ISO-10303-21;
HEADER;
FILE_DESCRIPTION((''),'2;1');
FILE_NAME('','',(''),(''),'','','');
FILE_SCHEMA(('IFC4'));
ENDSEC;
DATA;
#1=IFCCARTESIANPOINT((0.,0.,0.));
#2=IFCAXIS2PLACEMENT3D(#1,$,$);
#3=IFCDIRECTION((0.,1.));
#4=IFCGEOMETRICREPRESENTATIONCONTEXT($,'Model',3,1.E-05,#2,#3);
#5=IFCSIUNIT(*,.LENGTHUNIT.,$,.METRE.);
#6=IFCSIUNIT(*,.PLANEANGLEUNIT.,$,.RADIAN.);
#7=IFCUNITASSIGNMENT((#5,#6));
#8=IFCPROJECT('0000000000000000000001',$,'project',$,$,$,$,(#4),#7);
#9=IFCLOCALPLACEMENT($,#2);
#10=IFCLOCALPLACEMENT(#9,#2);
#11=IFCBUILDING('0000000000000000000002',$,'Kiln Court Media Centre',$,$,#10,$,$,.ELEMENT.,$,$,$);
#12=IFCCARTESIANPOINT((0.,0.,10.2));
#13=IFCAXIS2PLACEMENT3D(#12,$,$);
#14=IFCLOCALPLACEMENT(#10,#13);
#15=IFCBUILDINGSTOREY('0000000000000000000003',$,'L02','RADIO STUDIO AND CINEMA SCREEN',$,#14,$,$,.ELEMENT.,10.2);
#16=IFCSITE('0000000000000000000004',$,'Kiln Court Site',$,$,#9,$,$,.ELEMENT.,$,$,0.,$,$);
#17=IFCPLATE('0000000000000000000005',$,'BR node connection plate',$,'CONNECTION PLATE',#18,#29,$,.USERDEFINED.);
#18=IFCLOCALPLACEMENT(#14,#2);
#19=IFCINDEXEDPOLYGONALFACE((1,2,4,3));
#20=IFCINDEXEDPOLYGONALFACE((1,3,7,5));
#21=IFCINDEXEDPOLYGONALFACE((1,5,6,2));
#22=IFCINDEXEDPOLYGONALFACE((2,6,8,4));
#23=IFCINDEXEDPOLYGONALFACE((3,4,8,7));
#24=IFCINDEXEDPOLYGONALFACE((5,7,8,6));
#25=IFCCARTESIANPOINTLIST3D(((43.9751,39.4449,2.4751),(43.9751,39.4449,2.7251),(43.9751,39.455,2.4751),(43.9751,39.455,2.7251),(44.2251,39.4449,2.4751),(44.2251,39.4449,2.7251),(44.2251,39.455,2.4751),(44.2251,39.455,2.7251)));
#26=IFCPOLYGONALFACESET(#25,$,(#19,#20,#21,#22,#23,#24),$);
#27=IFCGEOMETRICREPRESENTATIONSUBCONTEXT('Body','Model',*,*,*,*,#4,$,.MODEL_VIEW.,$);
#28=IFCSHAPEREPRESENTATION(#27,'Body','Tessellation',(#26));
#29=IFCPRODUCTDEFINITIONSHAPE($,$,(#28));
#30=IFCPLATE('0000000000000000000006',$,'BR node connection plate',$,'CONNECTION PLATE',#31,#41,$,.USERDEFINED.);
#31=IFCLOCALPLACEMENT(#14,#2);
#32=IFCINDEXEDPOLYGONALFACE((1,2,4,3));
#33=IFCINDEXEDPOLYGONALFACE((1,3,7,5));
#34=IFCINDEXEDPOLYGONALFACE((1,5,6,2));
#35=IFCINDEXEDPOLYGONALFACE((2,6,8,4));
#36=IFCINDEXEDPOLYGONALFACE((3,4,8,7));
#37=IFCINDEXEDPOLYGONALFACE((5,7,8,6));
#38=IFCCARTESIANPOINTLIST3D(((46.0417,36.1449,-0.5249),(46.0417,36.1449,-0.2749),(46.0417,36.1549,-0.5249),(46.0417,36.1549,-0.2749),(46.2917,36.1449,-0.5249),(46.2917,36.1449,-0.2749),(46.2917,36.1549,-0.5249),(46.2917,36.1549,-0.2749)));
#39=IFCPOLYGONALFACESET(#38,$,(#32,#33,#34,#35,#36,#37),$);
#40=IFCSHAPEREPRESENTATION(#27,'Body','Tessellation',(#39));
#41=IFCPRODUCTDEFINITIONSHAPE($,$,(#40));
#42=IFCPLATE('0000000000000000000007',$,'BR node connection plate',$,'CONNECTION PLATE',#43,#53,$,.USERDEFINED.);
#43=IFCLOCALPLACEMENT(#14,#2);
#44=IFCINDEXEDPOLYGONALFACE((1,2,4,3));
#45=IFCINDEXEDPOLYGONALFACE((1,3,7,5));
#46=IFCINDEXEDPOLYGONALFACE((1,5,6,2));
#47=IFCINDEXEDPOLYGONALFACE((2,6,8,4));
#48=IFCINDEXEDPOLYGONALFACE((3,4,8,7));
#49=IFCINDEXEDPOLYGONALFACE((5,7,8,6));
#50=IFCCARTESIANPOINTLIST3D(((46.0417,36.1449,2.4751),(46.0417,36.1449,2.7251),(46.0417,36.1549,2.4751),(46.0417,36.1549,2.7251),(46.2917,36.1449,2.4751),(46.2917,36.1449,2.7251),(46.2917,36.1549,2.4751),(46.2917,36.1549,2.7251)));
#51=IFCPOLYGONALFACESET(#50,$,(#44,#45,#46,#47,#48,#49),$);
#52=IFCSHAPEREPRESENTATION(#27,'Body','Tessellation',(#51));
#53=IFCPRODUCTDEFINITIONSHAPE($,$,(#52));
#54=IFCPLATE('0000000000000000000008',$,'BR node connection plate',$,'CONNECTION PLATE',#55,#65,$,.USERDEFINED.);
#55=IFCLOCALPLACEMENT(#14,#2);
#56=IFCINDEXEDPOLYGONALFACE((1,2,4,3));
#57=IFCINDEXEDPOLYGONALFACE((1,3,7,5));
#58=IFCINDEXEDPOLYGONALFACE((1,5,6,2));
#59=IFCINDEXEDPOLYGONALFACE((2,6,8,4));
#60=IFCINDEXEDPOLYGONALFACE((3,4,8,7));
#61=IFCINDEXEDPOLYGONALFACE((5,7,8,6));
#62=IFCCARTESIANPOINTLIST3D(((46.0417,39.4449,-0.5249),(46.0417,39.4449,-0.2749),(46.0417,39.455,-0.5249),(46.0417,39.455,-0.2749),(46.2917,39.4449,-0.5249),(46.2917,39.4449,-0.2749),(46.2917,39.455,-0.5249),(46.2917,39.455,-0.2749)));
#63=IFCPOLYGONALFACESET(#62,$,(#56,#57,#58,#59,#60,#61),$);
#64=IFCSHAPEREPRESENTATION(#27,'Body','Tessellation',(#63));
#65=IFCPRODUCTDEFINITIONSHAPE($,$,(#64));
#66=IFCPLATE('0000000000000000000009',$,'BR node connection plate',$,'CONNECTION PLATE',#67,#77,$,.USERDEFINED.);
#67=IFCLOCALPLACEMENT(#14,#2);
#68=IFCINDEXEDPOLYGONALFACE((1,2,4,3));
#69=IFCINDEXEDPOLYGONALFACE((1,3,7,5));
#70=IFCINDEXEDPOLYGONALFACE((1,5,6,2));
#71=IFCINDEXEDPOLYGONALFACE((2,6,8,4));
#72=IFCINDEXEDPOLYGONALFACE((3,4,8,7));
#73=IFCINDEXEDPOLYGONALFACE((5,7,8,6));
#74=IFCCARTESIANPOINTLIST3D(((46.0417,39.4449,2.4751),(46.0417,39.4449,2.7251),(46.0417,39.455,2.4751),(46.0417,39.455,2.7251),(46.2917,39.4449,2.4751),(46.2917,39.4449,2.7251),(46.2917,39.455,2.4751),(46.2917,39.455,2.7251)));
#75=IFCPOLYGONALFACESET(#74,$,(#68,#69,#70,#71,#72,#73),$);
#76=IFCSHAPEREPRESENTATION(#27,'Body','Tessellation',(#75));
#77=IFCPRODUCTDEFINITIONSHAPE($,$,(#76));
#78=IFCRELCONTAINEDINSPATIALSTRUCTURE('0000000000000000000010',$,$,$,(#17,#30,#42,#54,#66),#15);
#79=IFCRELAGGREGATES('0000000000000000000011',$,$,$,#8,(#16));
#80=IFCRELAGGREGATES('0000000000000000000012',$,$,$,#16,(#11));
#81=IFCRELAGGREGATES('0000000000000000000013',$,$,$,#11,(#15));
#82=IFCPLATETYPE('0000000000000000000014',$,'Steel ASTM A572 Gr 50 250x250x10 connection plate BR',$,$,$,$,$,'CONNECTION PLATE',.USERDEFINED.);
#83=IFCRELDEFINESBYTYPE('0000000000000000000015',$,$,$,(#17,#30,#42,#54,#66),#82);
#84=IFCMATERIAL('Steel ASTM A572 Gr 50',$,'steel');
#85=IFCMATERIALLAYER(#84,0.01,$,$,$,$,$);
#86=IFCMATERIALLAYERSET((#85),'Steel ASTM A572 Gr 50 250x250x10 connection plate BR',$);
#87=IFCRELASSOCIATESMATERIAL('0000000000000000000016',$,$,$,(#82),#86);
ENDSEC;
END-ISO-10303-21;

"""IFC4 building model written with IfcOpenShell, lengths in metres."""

from ifc_helpers import new_model, si_unit, direction, frame, origin, origin_2d, place, context, subcontext, project, spatial, rectangle, extrude, material, layer, layer_set, type_object, element, save


model = new_model("IFC4")

# Units and contexts
model_context = context("Model", 3, precision=1e-05, world=origin(), true_north=direction((0.0, 1.0)))
body_context = subcontext(model_context, "Body", "Model", "MODEL_VIEW")
ifc_project = project(units=[si_unit("LENGTHUNIT", "METRE"), si_unit("PLANEANGLEUNIT", "RADIAN")], contexts=[model_context])

# Site, building, storey
site_placement = place(None, origin())
site = spatial("IfcSite", under=ifc_project, at=site_placement, Name="Kiln Court Site", CompositionType="ELEMENT", RefElevation=0.0)
building_placement = place(site_placement, origin())
building = spatial("IfcBuilding", under=site, at=building_placement, Name="Kiln Court Media Centre", CompositionType="ELEMENT")
storey_placement = place(building_placement, frame((0.0, 0.0, 10.2)))
storey = spatial("IfcBuildingStorey", under=building, at=storey_placement, Name="L02", Description="RADIO STUDIO AND CINEMA SCREEN", CompositionType="ELEMENT", Elevation=10.2)

# Plates
ifc_material_1 = material(Name="Steel ASTM A572 Gr 50", Category="steel")
ifc_layer_1 = layer(ifc_material_1, 0.01)
ifc_layer_set_1 = layer_set([ifc_layer_1], Name="Steel ASTM A572 Gr 50 250x250x10 connection plate BR")
plate_type_1 = type_object("IfcPlateType", Name="Steel ASTM A572 Gr 50 250x250x10 connection plate BR", ElementType="CONNECTION PLATE", PredefinedType="USERDEFINED", material=ifc_layer_set_1)
for number, where, z_axis, x_axis, name in (
    (1, (44.1001, 39.45, 2.4751), (0.0, 0.0, 1.0), (1.0, 0.0, 0.0), "BR node connection plate"),
    (2, (46.1667, 36.1499, -0.5249), (0.0, 0.0, 1.0), (1.0, 0.0, 0.0), "BR node connection plate"),
    (3, (46.1667, 36.1499, 2.4751), (0.0, 0.0, 1.0), (1.0, 0.0, 0.0), "BR node connection plate"),
    (4, (46.1667, 39.45, -0.5249), (0.0, 0.0, 1.0), (1.0, 0.0, 0.0), "BR node connection plate"),
    (5, (46.1667, 39.45, 2.4751), (0.0, 0.0, 1.0), (1.0, 0.0, 0.0), "BR node connection plate"),
):
    element("IfcPlate", number, at=place(storey_placement, frame(where, z_axis=z_axis, x_axis=x_axis)), inside=storey, type_object=plate_type_1, Name=name, ObjectType="CONNECTION PLATE", PredefinedType="USERDEFINED", context=body_context, shape_type="SweptSolid", body=[
        extrude(rectangle(XDim=0.25, YDim=0.01, at=origin_2d()), origin(), (0.0, 0.0, 1.0), 0.25),
    ])

save(model, "model.ifc")
